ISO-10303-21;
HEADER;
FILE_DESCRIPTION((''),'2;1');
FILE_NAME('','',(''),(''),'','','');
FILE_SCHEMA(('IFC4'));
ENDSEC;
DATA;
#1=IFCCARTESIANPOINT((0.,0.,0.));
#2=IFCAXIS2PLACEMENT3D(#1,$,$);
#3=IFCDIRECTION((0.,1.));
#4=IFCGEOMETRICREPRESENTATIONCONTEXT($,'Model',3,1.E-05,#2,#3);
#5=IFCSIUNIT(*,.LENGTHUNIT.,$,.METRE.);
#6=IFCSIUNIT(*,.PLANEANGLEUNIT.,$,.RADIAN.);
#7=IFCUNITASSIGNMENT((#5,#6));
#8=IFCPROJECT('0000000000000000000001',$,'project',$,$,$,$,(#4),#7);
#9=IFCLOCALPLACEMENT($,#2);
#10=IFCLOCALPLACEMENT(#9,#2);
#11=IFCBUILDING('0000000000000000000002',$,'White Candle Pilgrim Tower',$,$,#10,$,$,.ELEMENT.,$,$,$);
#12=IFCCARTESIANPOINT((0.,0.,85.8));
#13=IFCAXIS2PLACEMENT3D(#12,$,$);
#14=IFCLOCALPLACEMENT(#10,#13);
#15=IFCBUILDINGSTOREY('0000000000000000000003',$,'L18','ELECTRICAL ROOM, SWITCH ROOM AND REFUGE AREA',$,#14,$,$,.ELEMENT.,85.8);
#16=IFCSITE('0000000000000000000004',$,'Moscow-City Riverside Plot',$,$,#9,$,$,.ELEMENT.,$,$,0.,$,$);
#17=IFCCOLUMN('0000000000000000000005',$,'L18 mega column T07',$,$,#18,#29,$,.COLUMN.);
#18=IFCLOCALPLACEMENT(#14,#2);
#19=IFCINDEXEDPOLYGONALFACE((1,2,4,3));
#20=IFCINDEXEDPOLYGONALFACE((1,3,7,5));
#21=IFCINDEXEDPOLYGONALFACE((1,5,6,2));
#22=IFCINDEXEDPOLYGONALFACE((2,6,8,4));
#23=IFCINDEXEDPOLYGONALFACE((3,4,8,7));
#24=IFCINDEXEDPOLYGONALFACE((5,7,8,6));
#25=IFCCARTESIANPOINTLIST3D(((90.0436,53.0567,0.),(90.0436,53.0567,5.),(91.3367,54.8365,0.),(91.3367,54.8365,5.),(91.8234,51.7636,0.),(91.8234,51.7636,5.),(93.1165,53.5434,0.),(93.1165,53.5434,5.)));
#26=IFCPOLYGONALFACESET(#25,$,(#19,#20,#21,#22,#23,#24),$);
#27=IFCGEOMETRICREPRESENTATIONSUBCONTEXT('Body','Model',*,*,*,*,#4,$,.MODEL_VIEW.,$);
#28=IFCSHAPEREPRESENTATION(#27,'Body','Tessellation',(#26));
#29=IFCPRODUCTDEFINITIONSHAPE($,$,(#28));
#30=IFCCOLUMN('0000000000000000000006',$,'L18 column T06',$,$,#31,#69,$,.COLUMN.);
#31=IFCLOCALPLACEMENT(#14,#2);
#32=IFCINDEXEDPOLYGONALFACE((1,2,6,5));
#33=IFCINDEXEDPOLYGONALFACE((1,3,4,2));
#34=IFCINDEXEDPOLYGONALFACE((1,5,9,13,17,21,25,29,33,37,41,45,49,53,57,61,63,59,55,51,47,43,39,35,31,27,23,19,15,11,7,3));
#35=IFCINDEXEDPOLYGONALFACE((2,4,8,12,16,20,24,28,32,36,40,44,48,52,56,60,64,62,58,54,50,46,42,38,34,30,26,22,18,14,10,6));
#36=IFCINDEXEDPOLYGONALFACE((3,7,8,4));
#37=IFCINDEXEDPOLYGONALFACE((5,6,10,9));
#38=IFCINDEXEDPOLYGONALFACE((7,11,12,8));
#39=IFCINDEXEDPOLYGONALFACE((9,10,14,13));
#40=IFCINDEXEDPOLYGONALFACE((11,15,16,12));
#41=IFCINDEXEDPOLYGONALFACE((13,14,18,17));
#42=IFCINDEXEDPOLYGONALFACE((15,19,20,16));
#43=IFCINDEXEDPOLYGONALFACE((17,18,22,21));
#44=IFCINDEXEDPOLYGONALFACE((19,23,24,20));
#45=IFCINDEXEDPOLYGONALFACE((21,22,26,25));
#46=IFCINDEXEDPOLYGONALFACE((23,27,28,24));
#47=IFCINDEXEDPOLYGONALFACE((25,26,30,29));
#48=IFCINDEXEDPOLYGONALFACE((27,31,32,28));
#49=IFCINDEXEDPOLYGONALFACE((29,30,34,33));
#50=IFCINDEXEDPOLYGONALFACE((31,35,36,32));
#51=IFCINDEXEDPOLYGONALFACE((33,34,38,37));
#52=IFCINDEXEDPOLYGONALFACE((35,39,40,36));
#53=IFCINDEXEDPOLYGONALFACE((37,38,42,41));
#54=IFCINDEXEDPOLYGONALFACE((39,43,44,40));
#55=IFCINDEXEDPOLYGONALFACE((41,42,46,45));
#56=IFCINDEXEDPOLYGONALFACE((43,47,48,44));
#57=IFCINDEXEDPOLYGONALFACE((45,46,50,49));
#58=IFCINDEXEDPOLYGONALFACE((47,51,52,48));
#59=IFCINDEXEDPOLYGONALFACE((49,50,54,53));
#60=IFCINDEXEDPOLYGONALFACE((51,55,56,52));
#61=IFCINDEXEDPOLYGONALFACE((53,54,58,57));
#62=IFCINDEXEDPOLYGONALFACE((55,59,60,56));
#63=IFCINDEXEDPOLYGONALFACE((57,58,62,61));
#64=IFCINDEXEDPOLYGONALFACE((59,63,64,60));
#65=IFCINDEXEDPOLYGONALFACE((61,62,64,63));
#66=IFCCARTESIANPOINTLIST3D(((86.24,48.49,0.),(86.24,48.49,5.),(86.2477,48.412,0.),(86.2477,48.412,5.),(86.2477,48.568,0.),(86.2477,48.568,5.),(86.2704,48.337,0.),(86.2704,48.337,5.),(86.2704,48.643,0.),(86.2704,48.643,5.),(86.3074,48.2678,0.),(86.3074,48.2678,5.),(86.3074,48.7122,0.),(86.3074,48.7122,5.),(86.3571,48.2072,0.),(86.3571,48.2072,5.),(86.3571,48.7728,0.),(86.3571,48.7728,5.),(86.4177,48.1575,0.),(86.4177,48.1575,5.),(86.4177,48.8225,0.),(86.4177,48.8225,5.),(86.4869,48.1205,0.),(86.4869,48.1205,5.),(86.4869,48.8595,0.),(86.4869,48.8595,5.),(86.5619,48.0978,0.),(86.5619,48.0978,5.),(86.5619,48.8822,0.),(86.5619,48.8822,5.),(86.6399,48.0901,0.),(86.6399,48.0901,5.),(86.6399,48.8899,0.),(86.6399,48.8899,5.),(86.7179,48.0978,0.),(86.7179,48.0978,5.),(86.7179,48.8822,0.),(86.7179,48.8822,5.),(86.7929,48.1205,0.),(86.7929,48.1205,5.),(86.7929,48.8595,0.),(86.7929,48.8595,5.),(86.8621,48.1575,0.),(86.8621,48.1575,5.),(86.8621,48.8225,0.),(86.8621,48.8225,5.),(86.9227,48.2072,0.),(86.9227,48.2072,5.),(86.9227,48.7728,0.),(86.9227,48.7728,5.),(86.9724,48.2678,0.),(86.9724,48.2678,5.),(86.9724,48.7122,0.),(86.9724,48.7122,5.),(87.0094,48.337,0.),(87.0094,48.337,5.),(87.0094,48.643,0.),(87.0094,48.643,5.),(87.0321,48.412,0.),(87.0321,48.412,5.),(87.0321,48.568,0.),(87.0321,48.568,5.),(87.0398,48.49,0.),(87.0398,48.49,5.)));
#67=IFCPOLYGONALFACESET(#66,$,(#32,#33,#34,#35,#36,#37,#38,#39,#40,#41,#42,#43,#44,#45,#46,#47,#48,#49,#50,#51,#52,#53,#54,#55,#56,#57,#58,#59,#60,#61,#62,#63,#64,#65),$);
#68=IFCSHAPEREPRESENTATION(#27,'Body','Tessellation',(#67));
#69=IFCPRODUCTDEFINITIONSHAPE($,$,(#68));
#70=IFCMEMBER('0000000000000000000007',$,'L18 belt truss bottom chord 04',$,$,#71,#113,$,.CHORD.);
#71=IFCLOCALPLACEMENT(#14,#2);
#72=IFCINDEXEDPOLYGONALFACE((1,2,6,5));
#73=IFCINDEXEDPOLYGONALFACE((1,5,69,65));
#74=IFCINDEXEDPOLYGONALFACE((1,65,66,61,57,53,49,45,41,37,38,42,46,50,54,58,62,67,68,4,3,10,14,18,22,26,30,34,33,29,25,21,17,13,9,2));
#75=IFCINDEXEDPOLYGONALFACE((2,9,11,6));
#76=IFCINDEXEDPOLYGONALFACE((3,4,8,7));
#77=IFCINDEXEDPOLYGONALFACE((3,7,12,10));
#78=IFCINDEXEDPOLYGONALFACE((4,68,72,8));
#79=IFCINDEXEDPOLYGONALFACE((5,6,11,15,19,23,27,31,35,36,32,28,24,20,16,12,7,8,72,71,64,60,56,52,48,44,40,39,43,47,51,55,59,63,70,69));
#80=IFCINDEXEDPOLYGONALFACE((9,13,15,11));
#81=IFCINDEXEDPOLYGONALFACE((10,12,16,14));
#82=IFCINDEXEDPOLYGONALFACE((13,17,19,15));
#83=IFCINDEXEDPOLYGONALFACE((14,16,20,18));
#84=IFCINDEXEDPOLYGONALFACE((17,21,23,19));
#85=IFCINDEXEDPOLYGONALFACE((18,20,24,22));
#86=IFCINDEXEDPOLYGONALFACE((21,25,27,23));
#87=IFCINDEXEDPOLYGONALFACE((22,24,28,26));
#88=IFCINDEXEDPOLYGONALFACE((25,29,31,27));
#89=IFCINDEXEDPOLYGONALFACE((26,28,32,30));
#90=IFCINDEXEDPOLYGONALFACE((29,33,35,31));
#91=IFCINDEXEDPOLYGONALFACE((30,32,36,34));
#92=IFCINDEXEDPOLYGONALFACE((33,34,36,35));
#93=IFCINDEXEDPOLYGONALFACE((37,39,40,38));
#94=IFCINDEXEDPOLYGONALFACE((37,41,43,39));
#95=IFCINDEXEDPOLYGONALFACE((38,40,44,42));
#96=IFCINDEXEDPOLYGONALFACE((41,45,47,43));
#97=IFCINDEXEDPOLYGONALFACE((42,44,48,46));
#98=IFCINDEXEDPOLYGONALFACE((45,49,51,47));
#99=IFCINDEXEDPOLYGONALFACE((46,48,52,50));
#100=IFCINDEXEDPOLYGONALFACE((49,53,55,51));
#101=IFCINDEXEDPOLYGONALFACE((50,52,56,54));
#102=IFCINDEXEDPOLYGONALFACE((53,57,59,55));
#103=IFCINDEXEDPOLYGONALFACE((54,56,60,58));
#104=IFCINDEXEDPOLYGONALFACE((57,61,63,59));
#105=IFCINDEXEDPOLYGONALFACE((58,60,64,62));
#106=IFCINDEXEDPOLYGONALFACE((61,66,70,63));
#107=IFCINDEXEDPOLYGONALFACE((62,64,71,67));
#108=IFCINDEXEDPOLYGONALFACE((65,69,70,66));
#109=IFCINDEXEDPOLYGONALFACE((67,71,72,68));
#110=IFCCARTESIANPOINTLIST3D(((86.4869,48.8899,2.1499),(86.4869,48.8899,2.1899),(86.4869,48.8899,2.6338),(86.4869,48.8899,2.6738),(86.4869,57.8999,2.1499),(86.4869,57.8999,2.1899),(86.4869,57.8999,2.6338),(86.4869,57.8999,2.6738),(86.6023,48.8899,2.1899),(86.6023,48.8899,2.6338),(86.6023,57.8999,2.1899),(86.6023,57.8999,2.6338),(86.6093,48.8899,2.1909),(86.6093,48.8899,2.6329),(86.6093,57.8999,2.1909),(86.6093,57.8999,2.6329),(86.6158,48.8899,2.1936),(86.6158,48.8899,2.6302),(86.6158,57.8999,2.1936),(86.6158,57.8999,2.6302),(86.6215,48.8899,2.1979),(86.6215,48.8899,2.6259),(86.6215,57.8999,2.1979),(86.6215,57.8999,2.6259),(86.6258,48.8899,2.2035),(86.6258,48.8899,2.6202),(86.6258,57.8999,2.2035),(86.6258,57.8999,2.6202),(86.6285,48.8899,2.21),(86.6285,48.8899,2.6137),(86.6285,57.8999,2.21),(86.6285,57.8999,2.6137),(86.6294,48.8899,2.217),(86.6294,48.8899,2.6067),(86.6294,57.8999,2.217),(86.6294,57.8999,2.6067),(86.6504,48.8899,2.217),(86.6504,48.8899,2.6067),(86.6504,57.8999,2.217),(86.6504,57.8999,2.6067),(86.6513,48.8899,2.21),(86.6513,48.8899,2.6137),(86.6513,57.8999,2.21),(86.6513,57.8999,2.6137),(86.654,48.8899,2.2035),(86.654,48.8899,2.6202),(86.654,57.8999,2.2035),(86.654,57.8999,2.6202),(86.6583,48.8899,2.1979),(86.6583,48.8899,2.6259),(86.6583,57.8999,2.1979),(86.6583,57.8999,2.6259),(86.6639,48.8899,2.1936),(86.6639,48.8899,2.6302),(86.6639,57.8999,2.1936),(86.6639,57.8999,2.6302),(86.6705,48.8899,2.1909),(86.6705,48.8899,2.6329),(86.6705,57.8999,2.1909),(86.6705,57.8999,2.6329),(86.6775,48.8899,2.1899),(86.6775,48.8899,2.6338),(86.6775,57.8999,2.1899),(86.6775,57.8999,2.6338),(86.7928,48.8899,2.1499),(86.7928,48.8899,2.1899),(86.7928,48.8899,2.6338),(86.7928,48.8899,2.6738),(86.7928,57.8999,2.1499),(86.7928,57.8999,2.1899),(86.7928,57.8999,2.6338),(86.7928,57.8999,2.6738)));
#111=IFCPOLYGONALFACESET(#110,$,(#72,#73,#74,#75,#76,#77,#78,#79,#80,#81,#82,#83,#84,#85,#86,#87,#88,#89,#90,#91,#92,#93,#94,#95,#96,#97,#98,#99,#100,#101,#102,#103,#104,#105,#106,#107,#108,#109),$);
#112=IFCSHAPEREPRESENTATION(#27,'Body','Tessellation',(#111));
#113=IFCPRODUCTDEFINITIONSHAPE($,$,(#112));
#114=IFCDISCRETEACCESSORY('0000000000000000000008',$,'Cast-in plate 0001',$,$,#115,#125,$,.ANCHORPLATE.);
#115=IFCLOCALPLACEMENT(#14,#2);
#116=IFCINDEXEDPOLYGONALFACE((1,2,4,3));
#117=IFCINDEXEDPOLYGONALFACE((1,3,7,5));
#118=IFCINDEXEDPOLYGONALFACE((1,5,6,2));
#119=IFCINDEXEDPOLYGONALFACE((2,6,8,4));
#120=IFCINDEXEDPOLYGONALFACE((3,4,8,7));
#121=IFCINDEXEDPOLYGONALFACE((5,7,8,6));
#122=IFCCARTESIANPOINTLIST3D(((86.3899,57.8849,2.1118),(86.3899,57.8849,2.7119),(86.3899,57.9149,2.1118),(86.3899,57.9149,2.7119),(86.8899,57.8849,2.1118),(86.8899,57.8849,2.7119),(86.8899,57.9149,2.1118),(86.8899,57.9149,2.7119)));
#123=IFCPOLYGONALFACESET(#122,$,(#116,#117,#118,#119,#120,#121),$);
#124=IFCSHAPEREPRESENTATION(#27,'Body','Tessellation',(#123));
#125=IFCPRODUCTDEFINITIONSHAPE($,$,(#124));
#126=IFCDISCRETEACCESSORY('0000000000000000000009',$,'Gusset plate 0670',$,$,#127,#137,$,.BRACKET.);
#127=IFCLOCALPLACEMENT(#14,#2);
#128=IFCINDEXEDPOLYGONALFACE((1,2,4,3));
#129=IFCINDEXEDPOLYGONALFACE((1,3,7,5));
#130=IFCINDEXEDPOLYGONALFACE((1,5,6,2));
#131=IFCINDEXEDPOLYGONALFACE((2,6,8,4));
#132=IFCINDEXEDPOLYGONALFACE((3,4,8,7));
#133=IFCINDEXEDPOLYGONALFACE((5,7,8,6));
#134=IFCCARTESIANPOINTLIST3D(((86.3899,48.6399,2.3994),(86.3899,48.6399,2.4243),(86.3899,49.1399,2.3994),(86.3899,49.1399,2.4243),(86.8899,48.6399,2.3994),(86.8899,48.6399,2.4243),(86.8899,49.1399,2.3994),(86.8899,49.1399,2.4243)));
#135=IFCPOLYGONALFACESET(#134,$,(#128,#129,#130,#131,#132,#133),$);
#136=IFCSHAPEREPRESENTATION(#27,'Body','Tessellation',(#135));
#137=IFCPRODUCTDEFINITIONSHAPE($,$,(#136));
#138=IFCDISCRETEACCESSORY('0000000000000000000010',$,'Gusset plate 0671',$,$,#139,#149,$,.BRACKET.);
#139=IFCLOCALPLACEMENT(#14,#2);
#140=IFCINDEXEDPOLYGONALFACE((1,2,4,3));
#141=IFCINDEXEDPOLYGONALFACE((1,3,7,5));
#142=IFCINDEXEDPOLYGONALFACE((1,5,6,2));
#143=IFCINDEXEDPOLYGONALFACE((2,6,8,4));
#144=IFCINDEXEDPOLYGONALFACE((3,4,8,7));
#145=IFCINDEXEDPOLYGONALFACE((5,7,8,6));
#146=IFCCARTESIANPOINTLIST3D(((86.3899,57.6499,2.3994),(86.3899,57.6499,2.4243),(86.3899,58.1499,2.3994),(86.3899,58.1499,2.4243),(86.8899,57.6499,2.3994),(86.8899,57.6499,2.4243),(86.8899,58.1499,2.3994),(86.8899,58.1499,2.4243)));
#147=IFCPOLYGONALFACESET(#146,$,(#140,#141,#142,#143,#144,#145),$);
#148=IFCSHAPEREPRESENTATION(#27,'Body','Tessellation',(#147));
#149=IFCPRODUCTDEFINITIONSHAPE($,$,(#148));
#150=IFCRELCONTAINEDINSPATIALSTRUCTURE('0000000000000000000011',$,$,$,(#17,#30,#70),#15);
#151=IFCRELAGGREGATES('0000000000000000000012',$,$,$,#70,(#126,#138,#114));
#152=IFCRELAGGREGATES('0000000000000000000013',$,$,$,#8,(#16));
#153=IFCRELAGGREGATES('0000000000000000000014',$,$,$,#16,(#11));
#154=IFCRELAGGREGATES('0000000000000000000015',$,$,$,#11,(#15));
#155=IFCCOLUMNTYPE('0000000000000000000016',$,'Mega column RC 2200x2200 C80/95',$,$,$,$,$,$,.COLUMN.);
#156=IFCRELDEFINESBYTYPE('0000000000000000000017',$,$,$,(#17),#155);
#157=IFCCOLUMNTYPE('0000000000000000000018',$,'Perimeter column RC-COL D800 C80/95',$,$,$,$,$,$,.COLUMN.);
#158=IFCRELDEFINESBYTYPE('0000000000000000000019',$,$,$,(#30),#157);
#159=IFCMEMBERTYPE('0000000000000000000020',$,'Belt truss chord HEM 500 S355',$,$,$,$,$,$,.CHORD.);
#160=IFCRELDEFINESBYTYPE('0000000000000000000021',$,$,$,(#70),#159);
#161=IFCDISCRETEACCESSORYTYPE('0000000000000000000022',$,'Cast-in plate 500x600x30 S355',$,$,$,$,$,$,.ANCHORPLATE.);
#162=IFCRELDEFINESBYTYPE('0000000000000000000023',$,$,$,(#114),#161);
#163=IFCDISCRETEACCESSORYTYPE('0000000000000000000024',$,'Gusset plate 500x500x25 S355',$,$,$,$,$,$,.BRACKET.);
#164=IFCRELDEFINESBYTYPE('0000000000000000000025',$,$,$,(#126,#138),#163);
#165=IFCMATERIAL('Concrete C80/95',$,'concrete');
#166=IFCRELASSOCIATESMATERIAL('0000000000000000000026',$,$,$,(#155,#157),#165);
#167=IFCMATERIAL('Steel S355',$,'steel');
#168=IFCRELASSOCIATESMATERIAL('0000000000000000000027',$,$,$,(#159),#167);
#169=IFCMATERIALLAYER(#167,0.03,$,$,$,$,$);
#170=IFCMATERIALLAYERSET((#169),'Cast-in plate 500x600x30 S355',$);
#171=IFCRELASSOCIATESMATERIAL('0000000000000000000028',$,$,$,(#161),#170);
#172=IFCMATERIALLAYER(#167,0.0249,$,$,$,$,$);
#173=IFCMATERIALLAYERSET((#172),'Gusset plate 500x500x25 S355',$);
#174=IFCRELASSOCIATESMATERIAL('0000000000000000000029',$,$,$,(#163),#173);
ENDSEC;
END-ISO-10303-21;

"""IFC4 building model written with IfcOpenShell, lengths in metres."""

from ifc_helpers import new_model, si_unit, direction, frame, origin, origin_2d, place, context, subcontext, project, spatial, rectangle, circle, i_section, extrude, material, layer, layer_set, material_profile, profile_set, type_object, element, aggregate, save


model = new_model("IFC4")

# Units and contexts
model_context = context("Model", 3, precision=1e-05, world=origin(), true_north=direction((0.0, 1.0)))
body_context = subcontext(model_context, "Body", "Model", "MODEL_VIEW")
ifc_project = project(units=[si_unit("LENGTHUNIT", "METRE"), si_unit("PLANEANGLEUNIT", "RADIAN")], contexts=[model_context])

# Site, building, storey
site_placement = place(None, origin())
site = spatial("IfcSite", under=ifc_project, at=site_placement, Name="Moscow-City Riverside Plot", CompositionType="ELEMENT", RefElevation=0.0)
building_placement = place(site_placement, origin())
building = spatial("IfcBuilding", under=site, at=building_placement, Name="White Candle Pilgrim Tower", CompositionType="ELEMENT")
storey_placement = place(building_placement, frame((0.0, 0.0, 85.8)))
storey = spatial("IfcBuildingStorey", under=building, at=storey_placement, Name="L18", Description="ELECTRICAL ROOM, SWITCH ROOM AND REFUGE AREA", CompositionType="ELEMENT", Elevation=85.8)

# Columns
ifc_material_1 = material(Name="Concrete C80/95", Category="concrete")
ifc_material_profile_1 = material_profile(ifc_material_1, rectangle(XDim=2.2, YDim=2.2, at=origin_2d()), Name="RC 2200x2200")
ifc_profile_set_1 = profile_set([ifc_material_profile_1], Name="Concrete C80/95")
column_type_1 = type_object("IfcColumnType", Name="Mega column RC 2200x2200 C80/95", PredefinedType="COLUMN", material=ifc_profile_set_1)
column_1_placement = place(storey_placement, frame((91.5801, 53.3, 0.0), z_axis=(0.0, 0.0, 1.0), x_axis=(0.809017, -0.587785, 0.0)))
element("IfcColumn", 1, at=column_1_placement, inside=storey, type_object=column_type_1, Name="L18 mega column T07", PredefinedType="COLUMN", context=body_context, shape_type="SweptSolid", body=[
    extrude(rectangle(XDim=2.2, YDim=2.2, at=origin_2d()), origin(), (0.0, 0.0, 1.0), 5.0),
])
ifc_material_profile_2 = material_profile(ifc_material_1, circle(Radius=0.3999, at=origin_2d()), Name="RC-COL D800")
ifc_profile_set_2 = profile_set([ifc_material_profile_2], Name="Concrete C80/95")
column_type_2 = type_object("IfcColumnType", Name="Perimeter column RC-COL D800 C80/95", PredefinedType="COLUMN", material=ifc_profile_set_2)
column_2_placement = place(storey_placement, frame((86.6399, 48.49, 0.0), z_axis=(0.0, 0.0, 1.0), x_axis=(1.0, 0.0, 0.0)))
element("IfcColumn", 2, at=column_2_placement, inside=storey, type_object=column_type_2, Name="L18 column T06", PredefinedType="COLUMN", context=body_context, shape_type="SweptSolid", body=[
    extrude(circle(Radius=0.3999, at=origin_2d()), origin(), (0.0, 0.0, 1.0), 5.0),
])

# Member
ifc_material_2 = material(Name="Steel S355", Category="steel")
ifc_material_profile_3 = material_profile(ifc_material_2, i_section(OverallWidth=0.3059, OverallDepth=0.5239, WebThickness=0.021, FlangeThickness=0.04, FilletRadius=0.0271, at=origin_2d()), Name="HEM 500")
ifc_profile_set_3 = profile_set([ifc_material_profile_3], Name="Steel S355")
member_type_1 = type_object("IfcMemberType", Name="Belt truss chord HEM 500 S355", PredefinedType="CHORD", material=ifc_profile_set_3)
member_1_placement = place(storey_placement, frame((86.6399, 48.8899, 2.4119), z_axis=(0.0, 1.0, 0.0), x_axis=(1.0, 0.0, 0.0)))
member_1 = element("IfcMember", 3, at=member_1_placement, inside=storey, type_object=member_type_1, Name="L18 belt truss bottom chord 04", PredefinedType="CHORD", context=body_context, shape_type="SweptSolid", body=[
    extrude(i_section(OverallWidth=0.3059, OverallDepth=0.5239, WebThickness=0.021, FlangeThickness=0.04, FilletRadius=0.0271, at=origin_2d()), origin(), (0.0, 0.0, 1.0), 9.01),
])

# Discrete accessories
ifc_layer_1 = layer(ifc_material_2, 0.03)
ifc_layer_set_1 = layer_set([ifc_layer_1], Name="Cast-in plate 500x600x30 S355")
discrete_accessory_type_1 = type_object("IfcDiscreteAccessoryType", Name="Cast-in plate 500x600x30 S355", PredefinedType="ANCHORPLATE", material=ifc_layer_set_1)
discrete_accessory_1_placement = place(storey_placement, frame((86.6399, 57.8999, 2.1118), z_axis=(0.0, 0.0, 1.0), x_axis=(0.0, -1.0, 0.0)))
discrete_accessory_1 = element("IfcDiscreteAccessory", 4, at=discrete_accessory_1_placement, type_object=discrete_accessory_type_1, Name="Cast-in plate 0001", PredefinedType="ANCHORPLATE", context=body_context, shape_type="SweptSolid", body=[
    extrude(rectangle(XDim=0.03, YDim=0.5, at=origin_2d()), origin(), (0.0, 0.0, 1.0), 0.6001),
])
ifc_layer_2 = layer(ifc_material_2, 0.0249)
ifc_layer_set_2 = layer_set([ifc_layer_2], Name="Gusset plate 500x500x25 S355")
discrete_accessory_type_2 = type_object("IfcDiscreteAccessoryType", Name="Gusset plate 500x500x25 S355", PredefinedType="BRACKET", material=ifc_layer_set_2)
discrete_accessory_2_placement = place(storey_placement, frame((86.6399, 48.8899, 2.3994), z_axis=(0.0, 0.0, 1.0), x_axis=(1.0, 0.0, 0.0)))
discrete_accessory_2 = element("IfcDiscreteAccessory", 5, at=discrete_accessory_2_placement, type_object=discrete_accessory_type_2, Name="Gusset plate 0670", PredefinedType="BRACKET", context=body_context, shape_type="SweptSolid", body=[
    extrude(rectangle(XDim=0.5, YDim=0.5, at=origin_2d()), origin(), (0.0, 0.0, 1.0), 0.0249),
])
discrete_accessory_3_placement = place(storey_placement, frame((86.6399, 57.8999, 2.3994), z_axis=(0.0, 0.0, 1.0), x_axis=(1.0, 0.0, 0.0)))
discrete_accessory_3 = element("IfcDiscreteAccessory", 6, at=discrete_accessory_3_placement, type_object=discrete_accessory_type_2, Name="Gusset plate 0671", PredefinedType="BRACKET", context=body_context, shape_type="SweptSolid", body=[
    extrude(rectangle(XDim=0.5, YDim=0.5, at=origin_2d()), origin(), (0.0, 0.0, 1.0), 0.0249),
])
aggregate(member_1, [discrete_accessory_2, discrete_accessory_3, discrete_accessory_1])

save(model, "model.ifc")
